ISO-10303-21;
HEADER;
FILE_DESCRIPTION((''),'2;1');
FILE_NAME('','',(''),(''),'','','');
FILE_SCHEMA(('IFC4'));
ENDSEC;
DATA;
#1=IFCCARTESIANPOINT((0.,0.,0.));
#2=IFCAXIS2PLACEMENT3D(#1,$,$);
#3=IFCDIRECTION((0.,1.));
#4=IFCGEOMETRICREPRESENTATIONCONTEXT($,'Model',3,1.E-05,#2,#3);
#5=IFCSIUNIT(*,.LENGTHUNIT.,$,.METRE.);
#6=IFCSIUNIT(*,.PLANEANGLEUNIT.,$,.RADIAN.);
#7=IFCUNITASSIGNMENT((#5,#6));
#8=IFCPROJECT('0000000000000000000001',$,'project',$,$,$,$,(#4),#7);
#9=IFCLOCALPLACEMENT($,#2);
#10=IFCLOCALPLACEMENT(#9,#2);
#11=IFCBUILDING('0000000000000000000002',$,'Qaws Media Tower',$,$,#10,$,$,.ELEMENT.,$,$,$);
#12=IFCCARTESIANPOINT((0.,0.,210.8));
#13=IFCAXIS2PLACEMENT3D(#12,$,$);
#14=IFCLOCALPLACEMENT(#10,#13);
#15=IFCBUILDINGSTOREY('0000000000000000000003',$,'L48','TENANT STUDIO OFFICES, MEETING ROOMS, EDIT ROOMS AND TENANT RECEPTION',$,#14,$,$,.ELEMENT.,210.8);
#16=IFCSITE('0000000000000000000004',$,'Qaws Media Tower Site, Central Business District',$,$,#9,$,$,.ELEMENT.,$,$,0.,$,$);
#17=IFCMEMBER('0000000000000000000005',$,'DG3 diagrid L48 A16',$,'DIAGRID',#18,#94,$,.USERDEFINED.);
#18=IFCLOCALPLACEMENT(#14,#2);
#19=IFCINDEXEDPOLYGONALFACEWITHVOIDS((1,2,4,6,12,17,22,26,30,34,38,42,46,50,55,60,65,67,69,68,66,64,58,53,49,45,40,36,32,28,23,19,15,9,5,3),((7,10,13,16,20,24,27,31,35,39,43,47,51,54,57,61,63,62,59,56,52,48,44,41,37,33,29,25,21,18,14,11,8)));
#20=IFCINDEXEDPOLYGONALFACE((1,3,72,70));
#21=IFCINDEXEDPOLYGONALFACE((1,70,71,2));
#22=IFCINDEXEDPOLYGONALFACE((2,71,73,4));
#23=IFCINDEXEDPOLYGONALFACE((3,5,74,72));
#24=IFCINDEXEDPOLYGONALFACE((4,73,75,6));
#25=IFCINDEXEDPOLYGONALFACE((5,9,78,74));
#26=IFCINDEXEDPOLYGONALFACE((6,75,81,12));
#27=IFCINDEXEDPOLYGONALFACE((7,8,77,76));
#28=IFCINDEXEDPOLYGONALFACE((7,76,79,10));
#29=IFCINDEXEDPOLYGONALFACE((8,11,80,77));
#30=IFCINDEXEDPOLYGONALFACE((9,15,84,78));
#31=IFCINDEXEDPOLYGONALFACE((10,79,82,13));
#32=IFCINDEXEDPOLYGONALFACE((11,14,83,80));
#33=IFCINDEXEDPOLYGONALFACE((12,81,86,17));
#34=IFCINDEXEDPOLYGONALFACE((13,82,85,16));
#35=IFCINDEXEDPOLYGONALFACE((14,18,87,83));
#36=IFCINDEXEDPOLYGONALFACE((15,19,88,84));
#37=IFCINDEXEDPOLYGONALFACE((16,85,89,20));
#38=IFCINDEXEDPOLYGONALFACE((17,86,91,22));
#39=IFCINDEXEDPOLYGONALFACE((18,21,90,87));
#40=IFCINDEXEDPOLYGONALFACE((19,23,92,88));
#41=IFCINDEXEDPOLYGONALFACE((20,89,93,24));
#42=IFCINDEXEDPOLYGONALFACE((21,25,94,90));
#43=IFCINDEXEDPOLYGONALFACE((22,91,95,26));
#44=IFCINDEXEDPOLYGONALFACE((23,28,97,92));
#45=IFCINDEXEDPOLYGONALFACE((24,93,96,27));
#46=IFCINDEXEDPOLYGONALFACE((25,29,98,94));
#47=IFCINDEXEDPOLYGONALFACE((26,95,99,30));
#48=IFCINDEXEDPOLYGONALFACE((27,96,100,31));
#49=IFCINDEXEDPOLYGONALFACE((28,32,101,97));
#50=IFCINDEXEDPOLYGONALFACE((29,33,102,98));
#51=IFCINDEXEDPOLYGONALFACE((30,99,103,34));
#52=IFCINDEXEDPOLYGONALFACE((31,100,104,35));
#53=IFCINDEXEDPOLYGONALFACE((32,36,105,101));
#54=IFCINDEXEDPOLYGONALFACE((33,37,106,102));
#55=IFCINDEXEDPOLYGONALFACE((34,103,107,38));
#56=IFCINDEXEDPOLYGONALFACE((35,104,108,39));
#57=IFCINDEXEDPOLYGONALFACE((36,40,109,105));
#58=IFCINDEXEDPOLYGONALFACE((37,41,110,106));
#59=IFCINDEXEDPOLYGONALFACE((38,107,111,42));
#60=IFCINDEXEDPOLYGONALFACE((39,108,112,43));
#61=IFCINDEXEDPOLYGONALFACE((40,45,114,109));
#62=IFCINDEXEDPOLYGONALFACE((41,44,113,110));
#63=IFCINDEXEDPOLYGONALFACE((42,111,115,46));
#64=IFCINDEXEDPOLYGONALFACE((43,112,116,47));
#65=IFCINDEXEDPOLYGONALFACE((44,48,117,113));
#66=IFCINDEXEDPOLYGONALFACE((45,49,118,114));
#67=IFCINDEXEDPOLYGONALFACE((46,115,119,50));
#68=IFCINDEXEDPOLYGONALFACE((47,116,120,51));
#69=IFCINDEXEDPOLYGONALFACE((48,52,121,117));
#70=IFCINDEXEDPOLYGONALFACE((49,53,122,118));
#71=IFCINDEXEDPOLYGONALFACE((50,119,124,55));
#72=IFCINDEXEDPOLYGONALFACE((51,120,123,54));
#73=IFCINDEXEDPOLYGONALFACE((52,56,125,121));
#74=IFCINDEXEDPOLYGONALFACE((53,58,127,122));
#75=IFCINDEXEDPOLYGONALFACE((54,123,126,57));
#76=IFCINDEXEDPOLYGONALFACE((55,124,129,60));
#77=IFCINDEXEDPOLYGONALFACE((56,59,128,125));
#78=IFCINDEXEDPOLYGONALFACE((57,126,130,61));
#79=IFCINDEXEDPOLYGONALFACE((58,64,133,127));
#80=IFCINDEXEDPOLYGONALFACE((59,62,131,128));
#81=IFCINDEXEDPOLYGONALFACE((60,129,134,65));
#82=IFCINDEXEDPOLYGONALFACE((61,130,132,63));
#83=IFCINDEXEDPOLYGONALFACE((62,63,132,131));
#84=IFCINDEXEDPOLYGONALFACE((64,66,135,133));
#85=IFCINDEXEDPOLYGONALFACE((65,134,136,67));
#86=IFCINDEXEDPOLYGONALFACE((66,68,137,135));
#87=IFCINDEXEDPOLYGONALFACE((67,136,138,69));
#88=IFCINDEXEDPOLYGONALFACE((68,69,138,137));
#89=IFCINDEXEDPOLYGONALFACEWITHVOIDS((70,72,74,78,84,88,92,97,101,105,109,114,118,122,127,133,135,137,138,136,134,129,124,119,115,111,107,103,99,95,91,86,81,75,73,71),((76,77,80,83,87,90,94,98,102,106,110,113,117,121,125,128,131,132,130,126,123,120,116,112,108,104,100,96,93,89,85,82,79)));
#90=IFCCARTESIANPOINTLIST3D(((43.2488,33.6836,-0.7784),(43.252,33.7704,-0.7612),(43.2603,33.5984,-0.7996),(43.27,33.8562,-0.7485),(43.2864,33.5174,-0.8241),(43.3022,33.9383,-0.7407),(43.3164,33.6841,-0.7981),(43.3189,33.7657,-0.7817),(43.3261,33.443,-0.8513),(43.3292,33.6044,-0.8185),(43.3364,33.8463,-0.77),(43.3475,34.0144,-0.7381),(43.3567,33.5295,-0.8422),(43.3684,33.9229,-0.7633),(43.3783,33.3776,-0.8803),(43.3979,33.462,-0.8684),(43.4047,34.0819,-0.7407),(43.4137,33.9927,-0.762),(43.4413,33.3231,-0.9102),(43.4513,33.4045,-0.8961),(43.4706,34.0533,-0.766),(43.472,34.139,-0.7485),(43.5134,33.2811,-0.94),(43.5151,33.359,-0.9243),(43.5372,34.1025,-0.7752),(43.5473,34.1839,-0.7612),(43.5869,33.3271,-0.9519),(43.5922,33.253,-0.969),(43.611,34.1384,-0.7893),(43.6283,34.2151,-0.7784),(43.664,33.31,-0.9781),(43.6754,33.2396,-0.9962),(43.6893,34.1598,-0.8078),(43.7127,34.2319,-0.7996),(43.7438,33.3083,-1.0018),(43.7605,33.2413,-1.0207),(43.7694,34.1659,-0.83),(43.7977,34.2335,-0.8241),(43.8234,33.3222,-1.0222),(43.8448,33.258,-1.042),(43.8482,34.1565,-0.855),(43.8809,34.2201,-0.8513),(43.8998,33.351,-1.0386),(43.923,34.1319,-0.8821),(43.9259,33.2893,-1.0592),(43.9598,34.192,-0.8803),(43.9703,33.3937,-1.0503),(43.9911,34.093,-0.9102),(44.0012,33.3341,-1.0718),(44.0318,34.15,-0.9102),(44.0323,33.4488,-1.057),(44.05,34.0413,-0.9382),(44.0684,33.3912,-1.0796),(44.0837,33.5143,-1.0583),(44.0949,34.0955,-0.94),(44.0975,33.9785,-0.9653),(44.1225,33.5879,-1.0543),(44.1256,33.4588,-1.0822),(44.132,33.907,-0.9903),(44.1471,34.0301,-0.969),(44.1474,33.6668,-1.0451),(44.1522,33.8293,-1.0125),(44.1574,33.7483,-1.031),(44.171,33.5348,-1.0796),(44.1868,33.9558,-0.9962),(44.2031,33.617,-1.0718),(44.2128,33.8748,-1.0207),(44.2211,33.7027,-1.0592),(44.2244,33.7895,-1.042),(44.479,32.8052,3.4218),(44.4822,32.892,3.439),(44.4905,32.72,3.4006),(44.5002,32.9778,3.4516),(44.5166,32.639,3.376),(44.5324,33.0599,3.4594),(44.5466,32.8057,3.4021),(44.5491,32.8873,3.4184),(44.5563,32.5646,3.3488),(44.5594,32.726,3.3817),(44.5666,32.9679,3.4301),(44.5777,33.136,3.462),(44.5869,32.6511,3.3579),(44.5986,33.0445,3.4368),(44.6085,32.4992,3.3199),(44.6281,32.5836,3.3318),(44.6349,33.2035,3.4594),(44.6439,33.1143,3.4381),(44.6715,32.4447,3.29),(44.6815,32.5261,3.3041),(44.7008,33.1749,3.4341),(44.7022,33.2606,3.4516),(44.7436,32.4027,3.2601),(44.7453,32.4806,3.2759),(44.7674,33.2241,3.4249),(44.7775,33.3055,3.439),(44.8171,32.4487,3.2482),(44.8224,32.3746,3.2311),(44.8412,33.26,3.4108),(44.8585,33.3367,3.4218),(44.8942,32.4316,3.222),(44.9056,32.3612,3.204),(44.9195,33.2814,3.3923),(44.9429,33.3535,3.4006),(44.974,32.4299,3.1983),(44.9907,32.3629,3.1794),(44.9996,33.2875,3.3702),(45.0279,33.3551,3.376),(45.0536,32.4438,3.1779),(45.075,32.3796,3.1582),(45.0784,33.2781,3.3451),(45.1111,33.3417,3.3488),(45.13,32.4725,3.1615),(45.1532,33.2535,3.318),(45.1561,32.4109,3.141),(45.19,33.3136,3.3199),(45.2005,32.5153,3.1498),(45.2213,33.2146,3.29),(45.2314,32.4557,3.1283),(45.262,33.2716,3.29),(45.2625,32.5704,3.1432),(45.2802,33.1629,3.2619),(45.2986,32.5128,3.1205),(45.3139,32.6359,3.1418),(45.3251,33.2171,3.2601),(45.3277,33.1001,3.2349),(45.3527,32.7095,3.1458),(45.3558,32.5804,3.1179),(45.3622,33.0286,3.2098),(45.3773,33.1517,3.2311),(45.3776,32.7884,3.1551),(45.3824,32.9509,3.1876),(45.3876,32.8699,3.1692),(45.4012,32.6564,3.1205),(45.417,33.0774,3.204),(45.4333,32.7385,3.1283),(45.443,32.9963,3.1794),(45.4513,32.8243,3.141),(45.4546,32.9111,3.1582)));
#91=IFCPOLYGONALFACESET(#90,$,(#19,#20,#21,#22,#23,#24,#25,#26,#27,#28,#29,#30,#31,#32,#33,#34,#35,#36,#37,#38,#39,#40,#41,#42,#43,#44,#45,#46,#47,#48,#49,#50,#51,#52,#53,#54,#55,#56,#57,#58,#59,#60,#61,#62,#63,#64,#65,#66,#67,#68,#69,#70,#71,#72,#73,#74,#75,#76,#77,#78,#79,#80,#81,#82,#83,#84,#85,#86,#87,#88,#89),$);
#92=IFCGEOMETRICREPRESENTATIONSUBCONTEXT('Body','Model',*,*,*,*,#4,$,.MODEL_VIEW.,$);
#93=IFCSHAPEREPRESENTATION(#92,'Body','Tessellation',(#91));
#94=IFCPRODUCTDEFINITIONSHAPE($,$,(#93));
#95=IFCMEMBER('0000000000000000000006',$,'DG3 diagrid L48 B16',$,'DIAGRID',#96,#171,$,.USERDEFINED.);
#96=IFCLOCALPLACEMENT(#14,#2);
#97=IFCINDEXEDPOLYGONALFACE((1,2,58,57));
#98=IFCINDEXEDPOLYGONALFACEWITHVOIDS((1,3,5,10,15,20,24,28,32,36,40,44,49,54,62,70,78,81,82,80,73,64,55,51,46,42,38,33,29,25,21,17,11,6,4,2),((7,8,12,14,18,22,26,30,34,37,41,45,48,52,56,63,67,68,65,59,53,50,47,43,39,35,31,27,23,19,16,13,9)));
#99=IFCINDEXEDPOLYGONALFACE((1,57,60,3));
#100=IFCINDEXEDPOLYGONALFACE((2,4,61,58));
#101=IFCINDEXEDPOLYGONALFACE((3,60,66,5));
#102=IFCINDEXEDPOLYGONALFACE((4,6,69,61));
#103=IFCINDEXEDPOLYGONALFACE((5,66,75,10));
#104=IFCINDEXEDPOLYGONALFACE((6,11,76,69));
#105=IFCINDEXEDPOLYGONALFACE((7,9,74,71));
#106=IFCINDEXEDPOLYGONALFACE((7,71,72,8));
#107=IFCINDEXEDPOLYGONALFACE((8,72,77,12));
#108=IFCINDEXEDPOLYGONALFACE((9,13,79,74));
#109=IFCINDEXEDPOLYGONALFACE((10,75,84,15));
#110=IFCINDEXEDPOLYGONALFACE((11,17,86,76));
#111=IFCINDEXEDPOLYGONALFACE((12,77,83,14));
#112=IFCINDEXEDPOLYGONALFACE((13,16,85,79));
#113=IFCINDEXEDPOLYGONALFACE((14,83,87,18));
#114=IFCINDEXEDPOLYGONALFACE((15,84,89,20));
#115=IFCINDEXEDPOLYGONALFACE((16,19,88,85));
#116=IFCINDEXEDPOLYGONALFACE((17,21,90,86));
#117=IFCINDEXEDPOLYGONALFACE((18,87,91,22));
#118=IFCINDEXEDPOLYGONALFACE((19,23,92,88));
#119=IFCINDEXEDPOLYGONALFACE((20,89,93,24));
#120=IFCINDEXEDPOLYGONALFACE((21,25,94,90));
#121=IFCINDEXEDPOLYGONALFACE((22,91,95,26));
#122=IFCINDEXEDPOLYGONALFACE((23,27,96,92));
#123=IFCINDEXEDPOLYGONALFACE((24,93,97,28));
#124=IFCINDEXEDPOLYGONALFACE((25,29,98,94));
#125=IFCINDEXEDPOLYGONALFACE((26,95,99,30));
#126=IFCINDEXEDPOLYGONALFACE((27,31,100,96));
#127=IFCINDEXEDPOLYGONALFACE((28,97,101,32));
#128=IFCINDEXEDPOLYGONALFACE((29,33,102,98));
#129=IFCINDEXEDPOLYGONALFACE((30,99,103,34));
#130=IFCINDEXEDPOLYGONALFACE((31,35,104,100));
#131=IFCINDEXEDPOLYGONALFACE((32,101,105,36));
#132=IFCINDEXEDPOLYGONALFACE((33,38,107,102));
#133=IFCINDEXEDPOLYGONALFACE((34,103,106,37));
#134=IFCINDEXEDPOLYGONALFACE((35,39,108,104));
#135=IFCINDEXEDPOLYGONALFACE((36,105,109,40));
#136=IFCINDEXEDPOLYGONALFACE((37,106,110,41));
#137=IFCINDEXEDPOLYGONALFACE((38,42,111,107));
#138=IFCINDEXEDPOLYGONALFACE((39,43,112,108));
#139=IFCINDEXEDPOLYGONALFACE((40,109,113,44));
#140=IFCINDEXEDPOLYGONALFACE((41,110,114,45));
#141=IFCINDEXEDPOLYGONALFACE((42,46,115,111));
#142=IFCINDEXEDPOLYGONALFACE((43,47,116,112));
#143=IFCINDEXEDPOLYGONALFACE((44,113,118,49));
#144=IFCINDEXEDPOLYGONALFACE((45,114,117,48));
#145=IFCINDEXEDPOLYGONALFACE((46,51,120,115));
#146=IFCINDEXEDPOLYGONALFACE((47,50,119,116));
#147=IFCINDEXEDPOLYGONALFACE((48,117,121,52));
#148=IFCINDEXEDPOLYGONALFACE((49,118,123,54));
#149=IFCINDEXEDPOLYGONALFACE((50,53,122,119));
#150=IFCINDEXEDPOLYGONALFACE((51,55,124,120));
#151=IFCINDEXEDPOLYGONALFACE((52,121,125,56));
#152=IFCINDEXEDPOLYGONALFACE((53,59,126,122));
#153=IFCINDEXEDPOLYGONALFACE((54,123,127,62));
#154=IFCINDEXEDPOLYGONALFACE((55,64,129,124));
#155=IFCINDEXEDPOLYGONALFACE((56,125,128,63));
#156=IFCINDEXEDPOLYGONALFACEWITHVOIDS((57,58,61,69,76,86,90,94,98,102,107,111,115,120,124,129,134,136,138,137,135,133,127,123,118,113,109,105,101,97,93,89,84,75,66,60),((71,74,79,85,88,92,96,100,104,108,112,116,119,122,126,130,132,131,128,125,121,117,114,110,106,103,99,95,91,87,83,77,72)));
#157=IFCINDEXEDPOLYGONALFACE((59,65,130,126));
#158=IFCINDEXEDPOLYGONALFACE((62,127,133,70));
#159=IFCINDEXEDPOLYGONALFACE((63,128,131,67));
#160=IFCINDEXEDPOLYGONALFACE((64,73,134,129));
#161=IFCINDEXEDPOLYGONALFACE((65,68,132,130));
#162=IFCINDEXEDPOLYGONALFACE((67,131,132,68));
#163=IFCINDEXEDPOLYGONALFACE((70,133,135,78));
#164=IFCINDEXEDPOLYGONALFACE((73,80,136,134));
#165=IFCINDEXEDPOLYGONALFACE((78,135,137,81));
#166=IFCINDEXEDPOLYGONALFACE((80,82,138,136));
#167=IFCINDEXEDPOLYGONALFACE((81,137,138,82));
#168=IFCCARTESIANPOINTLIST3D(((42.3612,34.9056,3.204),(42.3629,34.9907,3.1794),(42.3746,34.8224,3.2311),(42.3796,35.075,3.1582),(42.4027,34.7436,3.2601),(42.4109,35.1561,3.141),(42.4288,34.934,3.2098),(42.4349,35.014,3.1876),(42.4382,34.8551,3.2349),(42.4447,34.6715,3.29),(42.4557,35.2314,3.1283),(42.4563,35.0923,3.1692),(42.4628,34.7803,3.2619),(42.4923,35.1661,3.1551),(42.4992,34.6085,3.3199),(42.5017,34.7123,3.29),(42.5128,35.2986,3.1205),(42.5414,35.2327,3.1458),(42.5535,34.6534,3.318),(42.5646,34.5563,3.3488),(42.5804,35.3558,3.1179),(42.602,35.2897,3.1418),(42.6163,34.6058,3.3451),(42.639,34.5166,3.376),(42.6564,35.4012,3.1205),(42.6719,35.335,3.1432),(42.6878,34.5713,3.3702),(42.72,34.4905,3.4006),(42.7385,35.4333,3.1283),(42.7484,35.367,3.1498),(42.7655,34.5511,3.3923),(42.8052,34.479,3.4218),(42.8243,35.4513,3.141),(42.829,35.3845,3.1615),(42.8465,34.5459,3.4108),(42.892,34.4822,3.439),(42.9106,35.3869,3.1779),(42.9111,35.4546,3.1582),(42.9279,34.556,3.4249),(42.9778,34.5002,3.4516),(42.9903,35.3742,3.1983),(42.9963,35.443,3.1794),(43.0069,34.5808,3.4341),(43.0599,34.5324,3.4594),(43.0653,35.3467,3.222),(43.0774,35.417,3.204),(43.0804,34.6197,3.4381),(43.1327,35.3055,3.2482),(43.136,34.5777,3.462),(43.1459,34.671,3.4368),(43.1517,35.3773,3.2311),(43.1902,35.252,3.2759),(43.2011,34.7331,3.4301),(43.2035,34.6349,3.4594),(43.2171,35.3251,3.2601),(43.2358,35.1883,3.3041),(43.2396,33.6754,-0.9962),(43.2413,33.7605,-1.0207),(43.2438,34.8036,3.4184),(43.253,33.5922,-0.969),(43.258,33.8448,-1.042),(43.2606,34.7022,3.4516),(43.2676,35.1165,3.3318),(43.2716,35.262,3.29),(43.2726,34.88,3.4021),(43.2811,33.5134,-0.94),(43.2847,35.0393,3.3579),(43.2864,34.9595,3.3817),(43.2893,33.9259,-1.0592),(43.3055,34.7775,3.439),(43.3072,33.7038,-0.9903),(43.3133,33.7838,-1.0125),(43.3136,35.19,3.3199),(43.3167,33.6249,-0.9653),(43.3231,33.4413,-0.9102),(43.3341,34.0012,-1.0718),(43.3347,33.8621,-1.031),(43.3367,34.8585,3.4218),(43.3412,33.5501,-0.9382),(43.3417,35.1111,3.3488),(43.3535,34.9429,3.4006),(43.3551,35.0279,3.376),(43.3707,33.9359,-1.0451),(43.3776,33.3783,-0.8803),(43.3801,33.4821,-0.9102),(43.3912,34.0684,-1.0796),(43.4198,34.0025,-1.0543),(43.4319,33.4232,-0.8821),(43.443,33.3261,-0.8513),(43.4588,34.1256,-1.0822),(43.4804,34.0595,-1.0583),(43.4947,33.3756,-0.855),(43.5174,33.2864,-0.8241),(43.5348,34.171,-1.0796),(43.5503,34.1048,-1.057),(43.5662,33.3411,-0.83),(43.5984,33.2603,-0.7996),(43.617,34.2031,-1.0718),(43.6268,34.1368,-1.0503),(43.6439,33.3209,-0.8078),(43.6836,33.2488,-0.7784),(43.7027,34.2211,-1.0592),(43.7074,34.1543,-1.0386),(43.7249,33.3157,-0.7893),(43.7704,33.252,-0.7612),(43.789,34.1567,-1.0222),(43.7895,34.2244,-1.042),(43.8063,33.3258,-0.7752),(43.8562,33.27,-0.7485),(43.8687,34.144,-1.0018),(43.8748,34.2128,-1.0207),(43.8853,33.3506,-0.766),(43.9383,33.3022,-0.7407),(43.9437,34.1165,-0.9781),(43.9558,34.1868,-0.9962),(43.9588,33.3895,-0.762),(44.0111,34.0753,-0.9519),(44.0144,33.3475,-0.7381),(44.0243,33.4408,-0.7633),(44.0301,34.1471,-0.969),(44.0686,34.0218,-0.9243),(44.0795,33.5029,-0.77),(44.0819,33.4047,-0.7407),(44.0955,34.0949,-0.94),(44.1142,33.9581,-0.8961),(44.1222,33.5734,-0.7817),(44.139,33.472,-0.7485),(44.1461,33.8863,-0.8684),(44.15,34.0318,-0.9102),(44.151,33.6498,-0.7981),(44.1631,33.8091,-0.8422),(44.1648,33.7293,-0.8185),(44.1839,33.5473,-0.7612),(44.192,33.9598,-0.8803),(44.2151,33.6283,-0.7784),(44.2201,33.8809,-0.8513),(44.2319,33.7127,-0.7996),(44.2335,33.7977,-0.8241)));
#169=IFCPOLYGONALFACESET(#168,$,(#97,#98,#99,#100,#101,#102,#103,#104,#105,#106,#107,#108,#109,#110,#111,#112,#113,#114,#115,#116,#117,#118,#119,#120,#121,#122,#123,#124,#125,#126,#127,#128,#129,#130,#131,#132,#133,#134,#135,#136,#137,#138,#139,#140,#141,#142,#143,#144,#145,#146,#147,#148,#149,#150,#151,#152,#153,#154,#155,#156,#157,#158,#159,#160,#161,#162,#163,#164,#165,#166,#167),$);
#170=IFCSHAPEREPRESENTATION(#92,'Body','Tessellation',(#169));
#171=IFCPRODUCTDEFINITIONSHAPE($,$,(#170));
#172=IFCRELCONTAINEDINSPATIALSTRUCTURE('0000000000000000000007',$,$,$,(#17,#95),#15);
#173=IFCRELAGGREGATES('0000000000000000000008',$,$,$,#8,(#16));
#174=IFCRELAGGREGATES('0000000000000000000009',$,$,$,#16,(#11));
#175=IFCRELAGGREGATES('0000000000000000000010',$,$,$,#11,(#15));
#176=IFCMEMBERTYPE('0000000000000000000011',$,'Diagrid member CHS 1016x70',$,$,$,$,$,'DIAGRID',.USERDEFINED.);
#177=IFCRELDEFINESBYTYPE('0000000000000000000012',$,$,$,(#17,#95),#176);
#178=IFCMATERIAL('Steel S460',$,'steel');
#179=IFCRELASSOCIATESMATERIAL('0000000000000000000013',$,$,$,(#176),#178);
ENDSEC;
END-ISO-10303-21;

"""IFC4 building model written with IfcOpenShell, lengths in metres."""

from ifc_helpers import new_model, si_unit, direction, frame, origin, origin_2d, place, context, subcontext, project, spatial, hollow_circle, extrude, material, material_profile, profile_set, type_object, element, save


model = new_model("IFC4")

# Units and contexts
model_context = context("Model", 3, precision=1e-05, world=origin(), true_north=direction((0.0, 1.0)))
body_context = subcontext(model_context, "Body", "Model", "MODEL_VIEW")
ifc_project = project(units=[si_unit("LENGTHUNIT", "METRE"), si_unit("PLANEANGLEUNIT", "RADIAN")], contexts=[model_context])

# Site, building, storey
site_placement = place(None, origin())
site = spatial("IfcSite", under=ifc_project, at=site_placement, Name="Qaws Media Tower Site, Central Business District", CompositionType="ELEMENT", RefElevation=0.0)
building_placement = place(site_placement, origin())
building = spatial("IfcBuilding", under=site, at=building_placement, Name="Qaws Media Tower", CompositionType="ELEMENT")
storey_placement = place(building_placement, frame((0.0, 0.0, 210.8)))
storey = spatial("IfcBuildingStorey", under=building, at=storey_placement, Name="L48", Description="TENANT STUDIO OFFICES, MEETING ROOMS, EDIT ROOMS AND TENANT RECEPTION", CompositionType="ELEMENT", Elevation=210.8)

# Members
ifc_material_1 = material(Name="Steel S460", Category="steel")
ifc_material_profile_1 = material_profile(ifc_material_1, hollow_circle(Radius=0.5081, WallThickness=0.0701, at=origin_2d()), Name="CHS 1016x70")
ifc_profile_set_1 = profile_set([ifc_material_profile_1], Name="Steel S460")
member_type_1 = type_object("IfcMemberType", Name="Diagrid member CHS 1016x70", ElementType="DIAGRID", PredefinedType="USERDEFINED", material=ifc_profile_set_1)
for number, where, z_axis, x_axis, name in (
    (1, (43.7366, 33.7366, -0.9102), (0.275592, -0.196781, 0.940918), (0.581101, 0.813832, 0.0), "DG3 diagrid L48 A16"),
    (2, (43.7366, 33.7366, -0.9102), (-0.196781, 0.275592, 0.940918), (-0.813832, -0.581101, 0.0), "DG3 diagrid L48 B16"),
):
    element("IfcMember", number, at=place(storey_placement, frame(where, z_axis=z_axis, x_axis=x_axis)), inside=storey, type_object=member_type_1, Name=name, ObjectType="DIAGRID", PredefinedType="USERDEFINED", context=body_context, shape_type="SweptSolid", body=[
        extrude(hollow_circle(Radius=0.5081, WallThickness=0.0701, at=origin_2d()), origin(), (0.0, 0.0, 1.0), 4.4639),
    ])

save(model, "model.ifc")
